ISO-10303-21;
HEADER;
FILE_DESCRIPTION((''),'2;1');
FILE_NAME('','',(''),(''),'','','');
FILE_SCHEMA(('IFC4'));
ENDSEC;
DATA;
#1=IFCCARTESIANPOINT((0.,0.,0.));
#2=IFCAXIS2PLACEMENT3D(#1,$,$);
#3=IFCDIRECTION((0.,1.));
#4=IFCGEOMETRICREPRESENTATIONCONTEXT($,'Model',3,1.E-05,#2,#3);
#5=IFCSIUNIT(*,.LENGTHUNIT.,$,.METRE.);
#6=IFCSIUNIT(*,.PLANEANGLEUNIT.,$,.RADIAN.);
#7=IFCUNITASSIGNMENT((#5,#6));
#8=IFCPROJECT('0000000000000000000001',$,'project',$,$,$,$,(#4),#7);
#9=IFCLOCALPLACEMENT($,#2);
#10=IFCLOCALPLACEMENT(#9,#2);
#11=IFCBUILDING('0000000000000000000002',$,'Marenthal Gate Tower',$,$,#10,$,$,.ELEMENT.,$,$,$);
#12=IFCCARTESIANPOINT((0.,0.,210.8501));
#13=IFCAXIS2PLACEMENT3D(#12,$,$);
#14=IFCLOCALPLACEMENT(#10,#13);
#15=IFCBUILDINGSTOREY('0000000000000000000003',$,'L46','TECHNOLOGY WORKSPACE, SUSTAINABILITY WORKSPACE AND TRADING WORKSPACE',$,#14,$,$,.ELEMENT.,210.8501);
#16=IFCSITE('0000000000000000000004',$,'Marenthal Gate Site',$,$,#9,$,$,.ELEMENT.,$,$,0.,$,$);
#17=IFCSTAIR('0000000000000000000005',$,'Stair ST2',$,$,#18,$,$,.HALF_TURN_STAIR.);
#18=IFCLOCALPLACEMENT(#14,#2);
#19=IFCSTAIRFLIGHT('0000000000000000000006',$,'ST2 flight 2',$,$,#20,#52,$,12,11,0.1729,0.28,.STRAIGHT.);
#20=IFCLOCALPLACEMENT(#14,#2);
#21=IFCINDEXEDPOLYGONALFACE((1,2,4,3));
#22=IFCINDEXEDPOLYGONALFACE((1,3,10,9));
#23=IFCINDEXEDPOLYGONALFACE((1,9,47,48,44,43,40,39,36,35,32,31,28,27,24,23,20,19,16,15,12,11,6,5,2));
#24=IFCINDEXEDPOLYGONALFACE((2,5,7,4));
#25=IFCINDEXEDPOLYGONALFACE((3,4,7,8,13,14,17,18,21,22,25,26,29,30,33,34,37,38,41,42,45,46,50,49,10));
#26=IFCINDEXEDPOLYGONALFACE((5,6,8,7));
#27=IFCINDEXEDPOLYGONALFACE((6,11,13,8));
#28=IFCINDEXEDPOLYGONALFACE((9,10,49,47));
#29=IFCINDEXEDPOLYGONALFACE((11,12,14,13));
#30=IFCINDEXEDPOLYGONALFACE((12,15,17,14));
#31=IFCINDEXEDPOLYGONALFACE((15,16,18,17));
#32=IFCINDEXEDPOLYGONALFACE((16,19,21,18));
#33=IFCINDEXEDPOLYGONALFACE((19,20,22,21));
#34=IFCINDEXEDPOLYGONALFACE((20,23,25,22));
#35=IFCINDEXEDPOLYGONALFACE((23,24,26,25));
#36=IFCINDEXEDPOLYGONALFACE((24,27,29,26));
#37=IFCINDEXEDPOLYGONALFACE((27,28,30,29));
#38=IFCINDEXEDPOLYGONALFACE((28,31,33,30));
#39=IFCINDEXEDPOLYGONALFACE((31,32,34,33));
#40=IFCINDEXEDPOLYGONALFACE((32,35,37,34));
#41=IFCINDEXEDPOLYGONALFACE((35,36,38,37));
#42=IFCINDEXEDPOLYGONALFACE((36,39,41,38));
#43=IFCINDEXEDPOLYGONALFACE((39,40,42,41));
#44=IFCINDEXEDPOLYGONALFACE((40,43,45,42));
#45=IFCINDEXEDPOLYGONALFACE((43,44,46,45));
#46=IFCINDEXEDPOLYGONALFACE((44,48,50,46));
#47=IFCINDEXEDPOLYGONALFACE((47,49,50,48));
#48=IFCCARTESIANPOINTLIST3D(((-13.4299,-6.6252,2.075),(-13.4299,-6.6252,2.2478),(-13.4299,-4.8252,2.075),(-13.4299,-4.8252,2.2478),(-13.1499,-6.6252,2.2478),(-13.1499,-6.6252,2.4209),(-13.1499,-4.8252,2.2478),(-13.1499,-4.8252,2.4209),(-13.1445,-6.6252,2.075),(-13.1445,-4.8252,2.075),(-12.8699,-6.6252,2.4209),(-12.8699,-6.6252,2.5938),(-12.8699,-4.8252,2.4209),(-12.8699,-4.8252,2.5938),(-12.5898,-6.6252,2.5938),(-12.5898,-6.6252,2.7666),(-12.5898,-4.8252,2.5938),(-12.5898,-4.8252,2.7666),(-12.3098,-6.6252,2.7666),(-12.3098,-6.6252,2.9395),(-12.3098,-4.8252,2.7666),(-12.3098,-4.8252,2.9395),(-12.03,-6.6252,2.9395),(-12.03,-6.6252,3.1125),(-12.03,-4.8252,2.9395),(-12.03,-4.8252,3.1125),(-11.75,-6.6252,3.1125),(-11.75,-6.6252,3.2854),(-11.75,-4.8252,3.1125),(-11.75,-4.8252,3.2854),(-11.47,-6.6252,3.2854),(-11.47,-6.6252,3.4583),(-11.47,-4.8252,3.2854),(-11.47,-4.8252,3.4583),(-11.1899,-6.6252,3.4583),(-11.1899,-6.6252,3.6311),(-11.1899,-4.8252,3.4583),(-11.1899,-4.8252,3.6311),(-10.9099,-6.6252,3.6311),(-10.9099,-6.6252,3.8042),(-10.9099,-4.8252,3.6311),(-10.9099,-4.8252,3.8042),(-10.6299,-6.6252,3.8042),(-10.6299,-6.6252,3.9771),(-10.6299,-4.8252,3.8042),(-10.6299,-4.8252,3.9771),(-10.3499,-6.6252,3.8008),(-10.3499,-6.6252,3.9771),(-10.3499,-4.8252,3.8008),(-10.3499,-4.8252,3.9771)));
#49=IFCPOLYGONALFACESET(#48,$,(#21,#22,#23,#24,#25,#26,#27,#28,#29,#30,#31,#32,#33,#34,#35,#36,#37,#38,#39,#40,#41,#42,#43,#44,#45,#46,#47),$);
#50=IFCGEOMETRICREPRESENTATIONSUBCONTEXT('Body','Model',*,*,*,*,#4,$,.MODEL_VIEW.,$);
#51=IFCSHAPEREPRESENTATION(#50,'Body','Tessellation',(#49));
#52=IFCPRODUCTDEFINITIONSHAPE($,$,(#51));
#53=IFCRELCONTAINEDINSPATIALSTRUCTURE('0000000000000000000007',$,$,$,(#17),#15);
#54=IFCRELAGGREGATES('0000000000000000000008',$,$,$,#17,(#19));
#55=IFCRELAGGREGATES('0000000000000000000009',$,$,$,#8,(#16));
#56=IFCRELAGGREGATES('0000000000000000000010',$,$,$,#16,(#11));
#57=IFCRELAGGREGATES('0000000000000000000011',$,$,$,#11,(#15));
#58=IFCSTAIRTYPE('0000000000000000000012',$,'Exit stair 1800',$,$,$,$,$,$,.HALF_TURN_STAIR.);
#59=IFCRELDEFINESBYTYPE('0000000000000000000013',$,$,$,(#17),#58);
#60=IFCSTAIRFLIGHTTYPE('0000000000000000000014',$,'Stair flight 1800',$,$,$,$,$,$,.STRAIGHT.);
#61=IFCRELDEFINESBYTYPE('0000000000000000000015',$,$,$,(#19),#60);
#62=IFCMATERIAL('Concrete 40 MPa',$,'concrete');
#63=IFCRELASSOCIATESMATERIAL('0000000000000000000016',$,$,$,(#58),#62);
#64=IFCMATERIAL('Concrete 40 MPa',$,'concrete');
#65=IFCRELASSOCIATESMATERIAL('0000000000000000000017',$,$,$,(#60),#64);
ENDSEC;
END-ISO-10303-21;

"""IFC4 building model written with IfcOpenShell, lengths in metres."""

from ifc_helpers import new_model, si_unit, direction, frame, origin, place, context, subcontext, project, spatial, polyline, outline, extrude, material, type_object, element, aggregate, save


model = new_model("IFC4")

# Units and contexts
model_context = context("Model", 3, precision=1e-05, world=origin(), true_north=direction((0.0, 1.0)))
body_context = subcontext(model_context, "Body", "Model", "MODEL_VIEW")
ifc_project = project(units=[si_unit("LENGTHUNIT", "METRE"), si_unit("PLANEANGLEUNIT", "RADIAN")], contexts=[model_context])

# Site, building, storey
site_placement = place(None, origin())
site = spatial("IfcSite", under=ifc_project, at=site_placement, Name="Marenthal Gate Site", CompositionType="ELEMENT", RefElevation=0.0)
building_placement = place(site_placement, origin())
building = spatial("IfcBuilding", under=site, at=building_placement, Name="Marenthal Gate Tower", CompositionType="ELEMENT")
storey_placement = place(building_placement, frame((0.0, 0.0, 210.8501)))
storey = spatial("IfcBuildingStorey", under=building, at=storey_placement, Name="L46", Description="TECHNOLOGY WORKSPACE, SUSTAINABILITY WORKSPACE AND TRADING WORKSPACE", CompositionType="ELEMENT", Elevation=210.8501)

# Stair, stair flight
ifc_material_1 = material(Name="Concrete 40 MPa", Category="concrete")
stair_type = type_object("IfcStairType", Name="Exit stair 1800", PredefinedType="HALF_TURN_STAIR", material=ifc_material_1)
stair_placement = place(storey_placement, origin())
stair = element("IfcStair", 1, at=stair_placement, inside=storey, type_object=stair_type, Name="Stair ST2", PredefinedType="HALF_TURN_STAIR")
ifc_material_2 = material(Name="Concrete 40 MPa", Category="concrete")
stair_flight_type = type_object("IfcStairFlightType", Name="Stair flight 1800", PredefinedType="STRAIGHT", material=ifc_material_2)
stair_flight_1_placement = place(storey_placement, frame((-13.4299, -5.7251, 2.075), z_axis=(0.0, 0.0, 1.0), x_axis=(1.0, 0.0, 0.0)))
stair_flight_1 = element("IfcStairFlight", 2, at=stair_flight_1_placement, type_object=stair_flight_type, Name="ST2 flight 2", NumberOfRisers=12, NumberOfTreads=11, PredefinedType="STRAIGHT", RiserHeight=0.1729, TreadLength=0.28, context=body_context, shape_type="SweptSolid", body=[
    extrude(outline(polyline([(0.0, 0.0), (0.0, 0.1729), (0.28, 0.1729), (0.28, 0.3459), (0.5601, 0.3459), (0.5601, 0.5188), (0.8401, 0.5188), (0.8401, 0.6917), (1.1201, 0.6917), (1.1201, 0.8645), (1.3999, 0.8645), (1.3999, 1.0376), (1.6799, 1.0376), (1.6799, 1.2104), (1.96, 1.2104), (1.96, 1.3833), (2.24, 1.3833), (2.24, 1.5562), (2.52, 1.5562), (2.52, 1.7292), (2.8, 1.7292), (2.8, 1.9021), (3.0801, 1.9021), (3.0801, 2.075), (3.0801, 1.7258), (0.2854, 0.0), (0.0, 0.0)])), frame((0.0, 0.8999, 0.0), z_axis=(0.0, -1.0, 0.0), x_axis=(1.0, 0.0, 0.0)), (0.0, 0.0, 1.0), 1.8),
])
aggregate(stair, [stair_flight_1])

save(model, "model.ifc")
